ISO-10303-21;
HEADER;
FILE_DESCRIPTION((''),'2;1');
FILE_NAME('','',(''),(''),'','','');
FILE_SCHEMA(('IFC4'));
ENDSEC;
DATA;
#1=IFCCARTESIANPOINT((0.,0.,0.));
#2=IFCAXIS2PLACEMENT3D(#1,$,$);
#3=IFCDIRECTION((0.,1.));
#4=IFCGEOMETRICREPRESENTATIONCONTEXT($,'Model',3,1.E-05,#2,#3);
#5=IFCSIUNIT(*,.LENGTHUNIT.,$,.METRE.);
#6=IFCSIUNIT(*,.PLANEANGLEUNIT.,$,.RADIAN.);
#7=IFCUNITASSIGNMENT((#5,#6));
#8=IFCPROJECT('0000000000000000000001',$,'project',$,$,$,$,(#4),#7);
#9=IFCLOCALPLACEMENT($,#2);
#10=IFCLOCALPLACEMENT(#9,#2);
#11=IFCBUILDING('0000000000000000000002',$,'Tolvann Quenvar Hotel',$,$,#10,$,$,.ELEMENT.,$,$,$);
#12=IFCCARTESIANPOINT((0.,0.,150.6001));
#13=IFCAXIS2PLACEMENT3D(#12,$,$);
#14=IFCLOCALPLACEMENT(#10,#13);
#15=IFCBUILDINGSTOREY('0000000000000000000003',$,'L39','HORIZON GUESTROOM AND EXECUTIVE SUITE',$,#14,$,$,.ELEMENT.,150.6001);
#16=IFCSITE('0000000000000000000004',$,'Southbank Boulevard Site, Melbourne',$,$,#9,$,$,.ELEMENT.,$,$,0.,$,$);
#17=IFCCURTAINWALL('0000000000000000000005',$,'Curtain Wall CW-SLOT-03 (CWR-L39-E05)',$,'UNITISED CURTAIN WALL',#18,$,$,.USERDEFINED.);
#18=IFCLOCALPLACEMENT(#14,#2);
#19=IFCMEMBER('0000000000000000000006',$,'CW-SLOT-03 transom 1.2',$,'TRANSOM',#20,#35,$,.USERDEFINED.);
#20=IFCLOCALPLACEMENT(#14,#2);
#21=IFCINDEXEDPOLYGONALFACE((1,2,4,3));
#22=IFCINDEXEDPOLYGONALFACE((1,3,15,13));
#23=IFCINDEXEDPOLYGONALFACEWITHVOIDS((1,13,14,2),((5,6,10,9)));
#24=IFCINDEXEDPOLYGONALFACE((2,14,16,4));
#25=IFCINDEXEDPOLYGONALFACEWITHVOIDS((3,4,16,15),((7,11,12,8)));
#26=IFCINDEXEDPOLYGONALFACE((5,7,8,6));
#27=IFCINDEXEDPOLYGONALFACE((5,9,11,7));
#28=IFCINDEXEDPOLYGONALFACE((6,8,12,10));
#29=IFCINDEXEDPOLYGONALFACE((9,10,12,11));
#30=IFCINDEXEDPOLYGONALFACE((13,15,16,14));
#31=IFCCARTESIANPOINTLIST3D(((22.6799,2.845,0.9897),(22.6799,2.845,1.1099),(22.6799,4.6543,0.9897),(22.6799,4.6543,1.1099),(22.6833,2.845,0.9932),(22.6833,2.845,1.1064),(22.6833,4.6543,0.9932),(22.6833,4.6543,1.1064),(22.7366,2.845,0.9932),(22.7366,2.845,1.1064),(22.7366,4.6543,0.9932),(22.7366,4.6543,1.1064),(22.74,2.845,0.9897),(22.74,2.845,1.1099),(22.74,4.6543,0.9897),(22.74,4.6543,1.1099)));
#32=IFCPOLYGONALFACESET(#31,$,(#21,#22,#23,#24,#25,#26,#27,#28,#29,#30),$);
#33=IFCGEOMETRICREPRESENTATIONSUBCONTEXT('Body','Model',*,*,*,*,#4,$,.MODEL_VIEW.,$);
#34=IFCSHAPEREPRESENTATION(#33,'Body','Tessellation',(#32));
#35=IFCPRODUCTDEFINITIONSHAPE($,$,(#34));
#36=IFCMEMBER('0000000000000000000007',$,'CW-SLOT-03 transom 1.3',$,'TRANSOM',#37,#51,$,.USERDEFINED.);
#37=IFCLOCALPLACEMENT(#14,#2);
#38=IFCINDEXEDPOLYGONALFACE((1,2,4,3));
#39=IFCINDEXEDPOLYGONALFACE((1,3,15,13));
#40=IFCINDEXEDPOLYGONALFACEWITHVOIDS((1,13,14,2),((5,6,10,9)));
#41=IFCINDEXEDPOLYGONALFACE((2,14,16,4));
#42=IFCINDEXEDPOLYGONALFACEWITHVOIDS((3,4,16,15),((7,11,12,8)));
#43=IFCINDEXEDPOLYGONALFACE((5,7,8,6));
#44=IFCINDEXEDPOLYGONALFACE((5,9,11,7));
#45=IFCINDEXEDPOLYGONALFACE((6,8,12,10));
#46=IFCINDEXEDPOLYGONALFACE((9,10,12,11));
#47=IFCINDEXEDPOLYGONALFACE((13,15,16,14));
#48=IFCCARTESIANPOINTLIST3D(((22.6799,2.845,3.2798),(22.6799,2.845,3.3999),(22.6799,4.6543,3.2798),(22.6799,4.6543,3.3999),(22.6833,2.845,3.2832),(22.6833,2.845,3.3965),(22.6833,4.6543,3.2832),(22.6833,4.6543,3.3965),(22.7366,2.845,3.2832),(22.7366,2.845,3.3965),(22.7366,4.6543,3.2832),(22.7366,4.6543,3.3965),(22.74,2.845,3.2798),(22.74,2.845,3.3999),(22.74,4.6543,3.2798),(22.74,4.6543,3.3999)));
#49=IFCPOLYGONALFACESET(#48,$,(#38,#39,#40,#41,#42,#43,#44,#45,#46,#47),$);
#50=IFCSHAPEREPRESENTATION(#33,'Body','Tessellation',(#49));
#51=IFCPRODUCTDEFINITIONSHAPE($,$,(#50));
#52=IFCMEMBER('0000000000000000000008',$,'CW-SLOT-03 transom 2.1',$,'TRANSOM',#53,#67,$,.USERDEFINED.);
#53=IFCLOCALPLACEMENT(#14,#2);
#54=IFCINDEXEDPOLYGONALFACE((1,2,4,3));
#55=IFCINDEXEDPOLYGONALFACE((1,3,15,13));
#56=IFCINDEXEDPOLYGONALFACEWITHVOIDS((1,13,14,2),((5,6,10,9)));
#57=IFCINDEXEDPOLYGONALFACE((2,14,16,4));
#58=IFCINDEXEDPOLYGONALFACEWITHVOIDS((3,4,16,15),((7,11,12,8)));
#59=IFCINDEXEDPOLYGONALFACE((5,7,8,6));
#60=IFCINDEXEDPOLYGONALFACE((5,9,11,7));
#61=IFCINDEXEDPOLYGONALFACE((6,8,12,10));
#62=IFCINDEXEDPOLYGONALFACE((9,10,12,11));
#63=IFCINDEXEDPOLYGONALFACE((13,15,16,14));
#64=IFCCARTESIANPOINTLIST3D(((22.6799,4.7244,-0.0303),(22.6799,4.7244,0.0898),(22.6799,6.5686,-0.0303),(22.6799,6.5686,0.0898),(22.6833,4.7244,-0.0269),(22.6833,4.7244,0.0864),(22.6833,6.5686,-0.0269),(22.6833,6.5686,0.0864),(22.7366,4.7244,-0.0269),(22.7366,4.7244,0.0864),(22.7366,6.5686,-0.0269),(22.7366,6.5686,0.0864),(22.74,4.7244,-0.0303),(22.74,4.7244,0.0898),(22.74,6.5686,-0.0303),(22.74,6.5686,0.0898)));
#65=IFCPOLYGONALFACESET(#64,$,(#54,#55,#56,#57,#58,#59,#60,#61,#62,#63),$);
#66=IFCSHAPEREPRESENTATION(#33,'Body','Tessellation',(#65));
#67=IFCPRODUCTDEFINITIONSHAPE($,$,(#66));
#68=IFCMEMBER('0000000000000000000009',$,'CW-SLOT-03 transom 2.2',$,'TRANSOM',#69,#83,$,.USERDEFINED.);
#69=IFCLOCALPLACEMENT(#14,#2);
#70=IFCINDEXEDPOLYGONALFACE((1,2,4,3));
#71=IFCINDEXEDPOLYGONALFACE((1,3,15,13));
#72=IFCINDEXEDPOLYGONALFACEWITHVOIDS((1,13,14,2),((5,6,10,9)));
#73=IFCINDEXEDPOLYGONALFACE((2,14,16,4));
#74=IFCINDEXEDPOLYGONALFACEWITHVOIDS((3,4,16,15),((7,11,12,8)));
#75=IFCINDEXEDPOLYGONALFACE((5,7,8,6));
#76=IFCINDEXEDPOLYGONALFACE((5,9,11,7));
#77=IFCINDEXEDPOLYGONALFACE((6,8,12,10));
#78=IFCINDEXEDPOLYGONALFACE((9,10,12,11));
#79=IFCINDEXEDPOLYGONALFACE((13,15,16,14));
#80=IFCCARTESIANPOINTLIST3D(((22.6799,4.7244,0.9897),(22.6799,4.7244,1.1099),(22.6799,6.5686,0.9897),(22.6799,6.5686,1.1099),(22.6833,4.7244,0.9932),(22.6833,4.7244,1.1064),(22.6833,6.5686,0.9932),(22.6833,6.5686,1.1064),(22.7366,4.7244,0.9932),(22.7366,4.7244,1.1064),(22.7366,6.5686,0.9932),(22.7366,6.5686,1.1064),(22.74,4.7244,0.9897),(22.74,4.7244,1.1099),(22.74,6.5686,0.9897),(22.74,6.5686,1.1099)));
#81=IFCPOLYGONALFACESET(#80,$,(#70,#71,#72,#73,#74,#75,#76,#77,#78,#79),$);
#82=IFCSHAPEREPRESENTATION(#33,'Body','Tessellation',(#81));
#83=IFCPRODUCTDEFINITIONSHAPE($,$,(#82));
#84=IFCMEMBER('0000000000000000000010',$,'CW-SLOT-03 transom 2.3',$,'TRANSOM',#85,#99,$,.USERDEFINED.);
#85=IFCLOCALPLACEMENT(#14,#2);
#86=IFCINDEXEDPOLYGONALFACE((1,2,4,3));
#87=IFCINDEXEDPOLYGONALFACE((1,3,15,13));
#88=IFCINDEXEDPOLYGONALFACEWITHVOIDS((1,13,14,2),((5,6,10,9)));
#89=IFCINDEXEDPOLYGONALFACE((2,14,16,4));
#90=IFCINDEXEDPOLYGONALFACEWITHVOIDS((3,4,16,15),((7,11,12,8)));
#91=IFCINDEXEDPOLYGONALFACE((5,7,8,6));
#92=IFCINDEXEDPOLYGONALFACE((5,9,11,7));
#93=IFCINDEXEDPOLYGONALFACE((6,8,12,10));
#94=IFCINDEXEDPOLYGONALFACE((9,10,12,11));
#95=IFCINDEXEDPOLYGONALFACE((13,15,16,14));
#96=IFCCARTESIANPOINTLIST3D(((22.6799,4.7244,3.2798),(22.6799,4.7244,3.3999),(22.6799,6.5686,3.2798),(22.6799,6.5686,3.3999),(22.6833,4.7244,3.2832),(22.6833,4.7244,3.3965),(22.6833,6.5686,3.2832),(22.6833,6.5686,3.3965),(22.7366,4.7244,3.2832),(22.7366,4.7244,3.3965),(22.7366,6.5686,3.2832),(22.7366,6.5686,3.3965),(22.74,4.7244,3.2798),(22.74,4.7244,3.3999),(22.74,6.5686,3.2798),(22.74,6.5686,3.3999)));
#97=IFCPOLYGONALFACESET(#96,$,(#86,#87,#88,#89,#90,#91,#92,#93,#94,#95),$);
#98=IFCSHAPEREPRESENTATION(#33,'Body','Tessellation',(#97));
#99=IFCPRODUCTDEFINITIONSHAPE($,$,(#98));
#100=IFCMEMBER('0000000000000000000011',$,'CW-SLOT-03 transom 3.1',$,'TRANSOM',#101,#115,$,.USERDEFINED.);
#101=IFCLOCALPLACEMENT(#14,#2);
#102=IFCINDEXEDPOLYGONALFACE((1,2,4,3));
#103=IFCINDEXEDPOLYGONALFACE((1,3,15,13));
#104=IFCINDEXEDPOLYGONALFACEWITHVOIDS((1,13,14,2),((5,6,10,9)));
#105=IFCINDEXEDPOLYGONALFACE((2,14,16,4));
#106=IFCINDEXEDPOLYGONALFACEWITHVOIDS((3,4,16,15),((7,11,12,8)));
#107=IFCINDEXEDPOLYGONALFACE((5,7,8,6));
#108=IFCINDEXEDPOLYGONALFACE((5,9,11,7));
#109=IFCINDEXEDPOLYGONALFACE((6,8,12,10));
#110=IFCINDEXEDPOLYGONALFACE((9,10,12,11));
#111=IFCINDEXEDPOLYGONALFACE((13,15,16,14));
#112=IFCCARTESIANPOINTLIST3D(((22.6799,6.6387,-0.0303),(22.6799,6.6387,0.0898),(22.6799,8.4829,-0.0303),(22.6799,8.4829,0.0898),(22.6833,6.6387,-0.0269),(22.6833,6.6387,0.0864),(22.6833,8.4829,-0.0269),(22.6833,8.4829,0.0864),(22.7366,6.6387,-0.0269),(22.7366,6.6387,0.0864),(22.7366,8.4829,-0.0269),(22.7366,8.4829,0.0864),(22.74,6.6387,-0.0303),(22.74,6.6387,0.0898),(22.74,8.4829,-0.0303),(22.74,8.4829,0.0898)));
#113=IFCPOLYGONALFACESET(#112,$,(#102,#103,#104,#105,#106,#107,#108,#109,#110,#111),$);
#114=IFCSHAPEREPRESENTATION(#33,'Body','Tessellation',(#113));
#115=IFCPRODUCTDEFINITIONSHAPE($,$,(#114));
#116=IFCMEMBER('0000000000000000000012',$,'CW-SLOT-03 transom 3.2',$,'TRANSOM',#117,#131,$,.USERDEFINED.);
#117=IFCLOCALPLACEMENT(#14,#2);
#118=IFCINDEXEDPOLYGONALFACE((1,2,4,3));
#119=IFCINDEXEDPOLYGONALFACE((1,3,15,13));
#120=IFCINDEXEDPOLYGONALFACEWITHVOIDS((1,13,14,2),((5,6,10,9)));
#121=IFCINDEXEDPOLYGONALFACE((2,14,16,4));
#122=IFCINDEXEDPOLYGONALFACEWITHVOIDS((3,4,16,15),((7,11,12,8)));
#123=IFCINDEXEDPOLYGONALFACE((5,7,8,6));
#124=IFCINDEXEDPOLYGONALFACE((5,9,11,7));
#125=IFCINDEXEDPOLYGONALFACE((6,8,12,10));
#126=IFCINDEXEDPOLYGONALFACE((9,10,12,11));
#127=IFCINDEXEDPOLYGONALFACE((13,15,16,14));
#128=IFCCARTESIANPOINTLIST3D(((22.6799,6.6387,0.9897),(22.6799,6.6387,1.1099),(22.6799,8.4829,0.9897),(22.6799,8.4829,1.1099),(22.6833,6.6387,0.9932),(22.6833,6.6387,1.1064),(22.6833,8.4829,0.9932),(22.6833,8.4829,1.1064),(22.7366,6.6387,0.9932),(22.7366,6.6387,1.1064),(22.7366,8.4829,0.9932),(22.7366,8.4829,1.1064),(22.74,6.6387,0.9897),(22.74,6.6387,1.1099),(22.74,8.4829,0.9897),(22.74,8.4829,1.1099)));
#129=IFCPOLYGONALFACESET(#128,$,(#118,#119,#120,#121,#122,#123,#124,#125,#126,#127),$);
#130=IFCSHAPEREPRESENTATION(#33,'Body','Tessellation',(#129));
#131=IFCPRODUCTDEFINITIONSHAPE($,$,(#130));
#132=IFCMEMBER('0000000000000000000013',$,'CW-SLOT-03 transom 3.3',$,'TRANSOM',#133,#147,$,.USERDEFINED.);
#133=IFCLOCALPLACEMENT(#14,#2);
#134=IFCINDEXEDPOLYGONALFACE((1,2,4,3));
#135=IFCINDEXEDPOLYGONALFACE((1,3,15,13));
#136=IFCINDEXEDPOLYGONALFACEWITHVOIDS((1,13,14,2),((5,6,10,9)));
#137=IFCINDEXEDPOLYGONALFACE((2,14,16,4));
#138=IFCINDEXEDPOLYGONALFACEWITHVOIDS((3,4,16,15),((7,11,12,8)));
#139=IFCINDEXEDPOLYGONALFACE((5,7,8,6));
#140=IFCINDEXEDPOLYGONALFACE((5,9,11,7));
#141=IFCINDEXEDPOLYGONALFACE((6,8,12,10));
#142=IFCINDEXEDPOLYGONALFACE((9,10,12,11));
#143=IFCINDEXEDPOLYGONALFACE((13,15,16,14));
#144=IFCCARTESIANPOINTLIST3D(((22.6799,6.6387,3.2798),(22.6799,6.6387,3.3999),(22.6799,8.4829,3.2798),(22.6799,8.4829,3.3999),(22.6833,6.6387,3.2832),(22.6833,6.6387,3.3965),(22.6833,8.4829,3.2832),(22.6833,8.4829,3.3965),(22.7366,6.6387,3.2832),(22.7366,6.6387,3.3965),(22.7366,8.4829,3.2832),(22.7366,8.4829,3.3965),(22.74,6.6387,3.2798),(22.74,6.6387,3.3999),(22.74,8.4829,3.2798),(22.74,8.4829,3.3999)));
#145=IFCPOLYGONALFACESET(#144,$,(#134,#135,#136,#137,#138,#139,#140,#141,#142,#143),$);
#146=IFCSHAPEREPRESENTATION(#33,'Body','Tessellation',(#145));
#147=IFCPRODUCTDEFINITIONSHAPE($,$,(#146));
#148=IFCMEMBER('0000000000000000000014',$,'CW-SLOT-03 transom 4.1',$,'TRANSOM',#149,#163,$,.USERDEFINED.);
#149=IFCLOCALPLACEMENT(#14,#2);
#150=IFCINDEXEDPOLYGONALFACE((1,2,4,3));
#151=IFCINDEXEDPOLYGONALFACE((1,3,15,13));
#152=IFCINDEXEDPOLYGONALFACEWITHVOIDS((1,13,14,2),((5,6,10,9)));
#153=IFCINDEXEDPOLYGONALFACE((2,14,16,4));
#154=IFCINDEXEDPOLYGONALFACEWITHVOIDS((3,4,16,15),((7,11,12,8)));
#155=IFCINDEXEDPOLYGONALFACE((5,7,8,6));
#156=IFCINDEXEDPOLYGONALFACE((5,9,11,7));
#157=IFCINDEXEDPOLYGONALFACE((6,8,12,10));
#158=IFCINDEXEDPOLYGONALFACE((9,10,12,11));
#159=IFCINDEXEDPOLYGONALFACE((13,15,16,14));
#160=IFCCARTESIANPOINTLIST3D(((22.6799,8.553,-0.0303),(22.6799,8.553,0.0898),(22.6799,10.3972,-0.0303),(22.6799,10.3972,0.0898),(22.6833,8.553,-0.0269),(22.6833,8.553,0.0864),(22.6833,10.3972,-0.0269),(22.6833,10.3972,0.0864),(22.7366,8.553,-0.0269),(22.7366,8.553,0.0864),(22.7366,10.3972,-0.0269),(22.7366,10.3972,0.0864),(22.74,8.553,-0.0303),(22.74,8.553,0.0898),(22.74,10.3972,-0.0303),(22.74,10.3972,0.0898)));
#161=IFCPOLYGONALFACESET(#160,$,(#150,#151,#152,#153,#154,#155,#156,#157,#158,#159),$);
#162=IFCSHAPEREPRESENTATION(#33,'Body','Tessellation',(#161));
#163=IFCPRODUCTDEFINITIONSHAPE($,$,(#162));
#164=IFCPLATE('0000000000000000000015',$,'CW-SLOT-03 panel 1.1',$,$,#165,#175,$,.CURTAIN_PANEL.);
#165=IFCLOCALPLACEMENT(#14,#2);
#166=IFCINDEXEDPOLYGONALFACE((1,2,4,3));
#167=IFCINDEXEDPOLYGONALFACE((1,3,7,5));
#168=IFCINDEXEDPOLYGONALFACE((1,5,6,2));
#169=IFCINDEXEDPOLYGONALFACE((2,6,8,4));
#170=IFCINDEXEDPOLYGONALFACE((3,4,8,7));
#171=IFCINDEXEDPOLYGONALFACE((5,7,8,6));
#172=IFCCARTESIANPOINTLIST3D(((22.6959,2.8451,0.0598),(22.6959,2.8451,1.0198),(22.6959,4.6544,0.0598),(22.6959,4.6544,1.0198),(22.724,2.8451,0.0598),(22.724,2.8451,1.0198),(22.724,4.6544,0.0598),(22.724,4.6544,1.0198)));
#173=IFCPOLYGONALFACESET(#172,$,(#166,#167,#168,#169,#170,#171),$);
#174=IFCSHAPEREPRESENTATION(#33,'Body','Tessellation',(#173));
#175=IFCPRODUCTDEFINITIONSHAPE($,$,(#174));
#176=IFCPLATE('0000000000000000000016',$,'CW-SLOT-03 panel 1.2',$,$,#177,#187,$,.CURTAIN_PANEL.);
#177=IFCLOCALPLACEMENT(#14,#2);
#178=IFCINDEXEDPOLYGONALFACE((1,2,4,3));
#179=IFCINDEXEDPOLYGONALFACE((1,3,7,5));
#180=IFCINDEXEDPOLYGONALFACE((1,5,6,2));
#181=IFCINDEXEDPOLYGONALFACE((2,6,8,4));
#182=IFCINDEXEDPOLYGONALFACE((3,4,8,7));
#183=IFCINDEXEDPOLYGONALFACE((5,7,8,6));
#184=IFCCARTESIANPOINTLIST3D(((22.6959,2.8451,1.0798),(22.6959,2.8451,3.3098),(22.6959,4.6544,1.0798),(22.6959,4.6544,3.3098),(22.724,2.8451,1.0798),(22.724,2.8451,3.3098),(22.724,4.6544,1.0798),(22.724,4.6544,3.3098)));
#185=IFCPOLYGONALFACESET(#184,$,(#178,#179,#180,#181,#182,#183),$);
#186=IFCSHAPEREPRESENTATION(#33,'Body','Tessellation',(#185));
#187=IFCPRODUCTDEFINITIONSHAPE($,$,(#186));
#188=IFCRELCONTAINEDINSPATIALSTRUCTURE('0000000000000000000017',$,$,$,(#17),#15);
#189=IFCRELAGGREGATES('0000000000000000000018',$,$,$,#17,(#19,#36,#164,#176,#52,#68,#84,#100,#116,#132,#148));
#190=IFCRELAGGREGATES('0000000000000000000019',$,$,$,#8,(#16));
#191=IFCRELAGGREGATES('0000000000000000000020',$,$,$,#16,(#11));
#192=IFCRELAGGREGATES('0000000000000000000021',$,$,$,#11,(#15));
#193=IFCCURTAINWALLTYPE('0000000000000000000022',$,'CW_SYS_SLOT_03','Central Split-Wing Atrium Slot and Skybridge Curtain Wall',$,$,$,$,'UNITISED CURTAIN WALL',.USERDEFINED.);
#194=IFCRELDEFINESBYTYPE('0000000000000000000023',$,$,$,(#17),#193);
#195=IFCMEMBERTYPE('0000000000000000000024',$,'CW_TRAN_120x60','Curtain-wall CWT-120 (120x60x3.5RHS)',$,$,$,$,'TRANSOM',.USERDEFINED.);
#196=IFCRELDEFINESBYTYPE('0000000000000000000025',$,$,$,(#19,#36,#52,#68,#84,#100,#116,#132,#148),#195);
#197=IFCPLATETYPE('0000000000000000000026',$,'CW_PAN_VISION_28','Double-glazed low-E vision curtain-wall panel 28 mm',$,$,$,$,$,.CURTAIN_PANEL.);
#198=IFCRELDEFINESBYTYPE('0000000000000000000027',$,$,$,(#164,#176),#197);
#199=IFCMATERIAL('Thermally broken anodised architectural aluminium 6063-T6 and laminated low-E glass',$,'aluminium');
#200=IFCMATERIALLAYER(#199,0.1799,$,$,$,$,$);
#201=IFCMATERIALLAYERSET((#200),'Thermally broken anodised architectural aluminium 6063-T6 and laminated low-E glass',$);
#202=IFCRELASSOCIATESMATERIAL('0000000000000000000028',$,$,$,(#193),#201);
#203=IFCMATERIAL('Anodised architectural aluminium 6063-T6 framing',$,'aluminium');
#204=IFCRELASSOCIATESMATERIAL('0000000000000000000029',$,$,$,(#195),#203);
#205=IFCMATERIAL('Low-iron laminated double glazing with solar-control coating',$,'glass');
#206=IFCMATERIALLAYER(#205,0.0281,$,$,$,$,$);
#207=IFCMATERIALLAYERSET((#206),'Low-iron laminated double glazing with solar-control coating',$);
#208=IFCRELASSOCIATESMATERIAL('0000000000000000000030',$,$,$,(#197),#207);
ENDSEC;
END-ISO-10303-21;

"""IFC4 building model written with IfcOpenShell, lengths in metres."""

from ifc_helpers import new_model, si_unit, direction, frame, origin, origin_2d, place, context, subcontext, project, spatial, rectangle, hollow_rectangle, extrude, source, transform, mapped, material, layer, layer_set, material_profile, profile_set, type_object, type_shapes, element, aggregate, save


model = new_model("IFC4")

# Units and contexts
model_context = context("Model", 3, precision=1e-05, world=origin(), true_north=direction((0.0, 1.0)))
body_context = subcontext(model_context, "Body", "Model", "MODEL_VIEW")
ifc_project = project(units=[si_unit("LENGTHUNIT", "METRE"), si_unit("PLANEANGLEUNIT", "RADIAN")], contexts=[model_context])

# Site, building, storey
site_placement = place(None, origin())
site = spatial("IfcSite", under=ifc_project, at=site_placement, Name="Southbank Boulevard Site, Melbourne", CompositionType="ELEMENT", RefElevation=0.0)
building_placement = place(site_placement, origin())
building = spatial("IfcBuilding", under=site, at=building_placement, Name="Tolvann Quenvar Hotel", CompositionType="ELEMENT")
storey_placement = place(building_placement, frame((0.0, 0.0, 150.6001)))
storey = spatial("IfcBuildingStorey", under=building, at=storey_placement, Name="L39", Description="HORIZON GUESTROOM AND EXECUTIVE SUITE", CompositionType="ELEMENT", Elevation=150.6001)

# Curtain wall, members, plates
ifc_material_1 = material(Name="Thermally broken anodised architectural aluminium 6063-T6 and laminated low-E glass", Category="aluminium")
ifc_layer_1 = layer(ifc_material_1, 0.1799)
ifc_layer_set_1 = layer_set([ifc_layer_1], Name="Thermally broken anodised architectural aluminium 6063-T6 and laminated low-E glass")
curtain_wall_type = type_object("IfcCurtainWallType", Name="CW_SYS_SLOT_03", Description="Central Split-Wing Atrium Slot and Skybridge Curtain Wall", ElementType="UNITISED CURTAIN WALL", PredefinedType="USERDEFINED", material=ifc_layer_set_1)
curtain_wall_placement = place(storey_placement, origin())
curtain_wall = element("IfcCurtainWall", 1, at=curtain_wall_placement, inside=storey, type_object=curtain_wall_type, Name="Curtain Wall CW-SLOT-03 (CWR-L39-E05)", ObjectType="UNITISED CURTAIN WALL", PredefinedType="USERDEFINED")
ifc_material_2 = material(Name="Anodised architectural aluminium 6063-T6 framing", Category="aluminium")
ifc_material_profile_1 = material_profile(ifc_material_2, hollow_rectangle(XDim=0.0601, YDim=0.1201, WallThickness=0.0034, at=origin_2d()), Name="120x60x3.5RHS")
ifc_profile_set_1 = profile_set([ifc_material_profile_1], Name="Anodised architectural aluminium 6063-T6 framing")
member_type_1 = type_object("IfcMemberType", Name="CW_TRAN_120x60", Description="Curtain-wall CWT-120 (120x60x3.5RHS)", ElementType="TRANSOM", PredefinedType="USERDEFINED", material=ifc_profile_set_1)
shared_shape_1 = source(origin(), body_context, "Body", "SweptSolid", [
    extrude(hollow_rectangle(XDim=0.0601, YDim=0.1201, WallThickness=0.0034, at=origin_2d()), origin(), (0.0, 0.0, 1.0), 1.8093),
])
member_1_placement = place(storey_placement, frame((22.71, 2.845, 1.0498), z_axis=(0.0, 1.0, 0.0), x_axis=(-1.0, 0.0, 0.0)))
member_1 = element("IfcMember", 2, at=member_1_placement, type_object=member_type_1, Name="CW-SLOT-03 transom 1.2", ObjectType="TRANSOM", PredefinedType="USERDEFINED", context=body_context, shape_type="MappedRepresentation", body=[
    mapped(shared_shape_1, transform((0.0, 0.0, 0.0), x_axis=(1.0, 0.0, 0.0), y_axis=(0.0, 1.0, 0.0), z_axis=(0.0, 0.0, 1.0), scale=1.0)),
])
member_2_placement = place(storey_placement, frame((22.71, 2.845, 3.3398), z_axis=(0.0, 1.0, 0.0), x_axis=(-1.0, 0.0, 0.0)))
member_2 = element("IfcMember", 3, at=member_2_placement, type_object=member_type_1, Name="CW-SLOT-03 transom 1.3", ObjectType="TRANSOM", PredefinedType="USERDEFINED", context=body_context, shape_type="MappedRepresentation", body=[
    mapped(shared_shape_1, transform((0.0, 0.0, 0.0), x_axis=(1.0, 0.0, 0.0), y_axis=(0.0, 1.0, 0.0), z_axis=(0.0, 0.0, 1.0), scale=1.0)),
])
shared_shape_2 = source(origin(), body_context, "Body", "SweptSolid", [
    extrude(hollow_rectangle(XDim=0.0601, YDim=0.1201, WallThickness=0.0034, at=origin_2d()), origin(), (0.0, 0.0, 1.0), 1.8442),
])
type_shapes(member_type_1, [shared_shape_1, shared_shape_2])
member_3_placement = place(storey_placement, frame((22.71, 4.7244, 0.0298), z_axis=(0.0, 1.0, 0.0), x_axis=(-1.0, 0.0, 0.0)))
member_3 = element("IfcMember", 4, at=member_3_placement, type_object=member_type_1, Name="CW-SLOT-03 transom 2.1", ObjectType="TRANSOM", PredefinedType="USERDEFINED", context=body_context, shape_type="MappedRepresentation", body=[
    mapped(shared_shape_2, transform((0.0, 0.0, 0.0), x_axis=(1.0, 0.0, 0.0), y_axis=(0.0, 1.0, 0.0), z_axis=(0.0, 0.0, 1.0), scale=1.0)),
])
member_4_placement = place(storey_placement, frame((22.71, 4.7244, 1.0498), z_axis=(0.0, 1.0, 0.0), x_axis=(-1.0, 0.0, 0.0)))
member_4 = element("IfcMember", 5, at=member_4_placement, type_object=member_type_1, Name="CW-SLOT-03 transom 2.2", ObjectType="TRANSOM", PredefinedType="USERDEFINED", context=body_context, shape_type="MappedRepresentation", body=[
    mapped(shared_shape_2, transform((0.0, 0.0, 0.0), x_axis=(1.0, 0.0, 0.0), y_axis=(0.0, 1.0, 0.0), z_axis=(0.0, 0.0, 1.0), scale=1.0)),
])
member_5_placement = place(storey_placement, frame((22.71, 4.7244, 3.3398), z_axis=(0.0, 1.0, 0.0), x_axis=(-1.0, 0.0, 0.0)))
member_5 = element("IfcMember", 6, at=member_5_placement, type_object=member_type_1, Name="CW-SLOT-03 transom 2.3", ObjectType="TRANSOM", PredefinedType="USERDEFINED", context=body_context, shape_type="MappedRepresentation", body=[
    mapped(shared_shape_2, transform((0.0, 0.0, 0.0), x_axis=(1.0, 0.0, 0.0), y_axis=(0.0, 1.0, 0.0), z_axis=(0.0, 0.0, 1.0), scale=1.0)),
])
member_6_placement = place(storey_placement, frame((22.71, 6.6387, 0.0298), z_axis=(0.0, 1.0, 0.0), x_axis=(-1.0, 0.0, 0.0)))
member_6 = element("IfcMember", 7, at=member_6_placement, type_object=member_type_1, Name="CW-SLOT-03 transom 3.1", ObjectType="TRANSOM", PredefinedType="USERDEFINED", context=body_context, shape_type="MappedRepresentation", body=[
    mapped(shared_shape_2, transform((0.0, 0.0, 0.0), x_axis=(1.0, 0.0, 0.0), y_axis=(0.0, 1.0, 0.0), z_axis=(0.0, 0.0, 1.0), scale=1.0)),
])
member_7_placement = place(storey_placement, frame((22.71, 6.6387, 1.0498), z_axis=(0.0, 1.0, 0.0), x_axis=(-1.0, 0.0, 0.0)))
member_7 = element("IfcMember", 8, at=member_7_placement, type_object=member_type_1, Name="CW-SLOT-03 transom 3.2", ObjectType="TRANSOM", PredefinedType="USERDEFINED", context=body_context, shape_type="MappedRepresentation", body=[
    mapped(shared_shape_2, transform((0.0, 0.0, 0.0), x_axis=(1.0, 0.0, 0.0), y_axis=(0.0, 1.0, 0.0), z_axis=(0.0, 0.0, 1.0), scale=1.0)),
])
member_8_placement = place(storey_placement, frame((22.71, 6.6387, 3.3398), z_axis=(0.0, 1.0, 0.0), x_axis=(-1.0, 0.0, 0.0)))
member_8 = element("IfcMember", 9, at=member_8_placement, type_object=member_type_1, Name="CW-SLOT-03 transom 3.3", ObjectType="TRANSOM", PredefinedType="USERDEFINED", context=body_context, shape_type="MappedRepresentation", body=[
    mapped(shared_shape_2, transform((0.0, 0.0, 0.0), x_axis=(1.0, 0.0, 0.0), y_axis=(0.0, 1.0, 0.0), z_axis=(0.0, 0.0, 1.0), scale=1.0)),
])
member_9_placement = place(storey_placement, frame((22.71, 8.553, 0.0298), z_axis=(0.0, 1.0, 0.0), x_axis=(-1.0, 0.0, 0.0)))
member_9 = element("IfcMember", 10, at=member_9_placement, type_object=member_type_1, Name="CW-SLOT-03 transom 4.1", ObjectType="TRANSOM", PredefinedType="USERDEFINED", context=body_context, shape_type="MappedRepresentation", body=[
    mapped(shared_shape_2, transform((0.0, 0.0, 0.0), x_axis=(1.0, 0.0, 0.0), y_axis=(0.0, 1.0, 0.0), z_axis=(0.0, 0.0, 1.0), scale=1.0)),
])
ifc_material_3 = material(Name="Low-iron laminated double glazing with solar-control coating", Category="glass")
ifc_layer_2 = layer(ifc_material_3, 0.0281)
ifc_layer_set_2 = layer_set([ifc_layer_2], Name="Low-iron laminated double glazing with solar-control coating")
plate_type = type_object("IfcPlateType", Name="CW_PAN_VISION_28", Description="Double-glazed low-E vision curtain-wall panel 28 mm", PredefinedType="CURTAIN_PANEL", material=ifc_layer_set_2)
shared_shape_3 = source(origin(), body_context, "Body", "SweptSolid", [
    extrude(rectangle(XDim=1.8093, YDim=0.0281, at=origin_2d()), origin(), (0.0, 0.0, 1.0), 0.96),
])
plate_1_placement = place(storey_placement, frame((22.71, 3.7498, 0.0598), z_axis=(0.0, 0.0, 1.0), x_axis=(0.0, 1.0, 0.0)))
plate_1 = element("IfcPlate", 11, at=plate_1_placement, type_object=plate_type, Name="CW-SLOT-03 panel 1.1", PredefinedType="CURTAIN_PANEL", context=body_context, shape_type="MappedRepresentation", body=[
    mapped(shared_shape_3, transform((0.0, 0.0, 0.0), x_axis=(1.0, 0.0, 0.0), y_axis=(0.0, 1.0, 0.0), z_axis=(0.0, 0.0, 1.0), scale=1.0)),
])
shared_shape_4 = source(origin(), body_context, "Body", "SweptSolid", [
    extrude(rectangle(XDim=1.8093, YDim=0.0281, at=origin_2d()), origin(), (0.0, 0.0, 1.0), 2.23),
])
plate_2_placement = place(storey_placement, frame((22.71, 3.7498, 1.0798), z_axis=(0.0, 0.0, 1.0), x_axis=(0.0, 1.0, 0.0)))
plate_2 = element("IfcPlate", 12, at=plate_2_placement, type_object=plate_type, Name="CW-SLOT-03 panel 1.2", PredefinedType="CURTAIN_PANEL", context=body_context, shape_type="MappedRepresentation", body=[
    mapped(shared_shape_4, transform((0.0, 0.0, 0.0), x_axis=(1.0, 0.0, 0.0), y_axis=(0.0, 1.0, 0.0), z_axis=(0.0, 0.0, 1.0), scale=1.0)),
])
aggregate(curtain_wall, [member_1, member_2, plate_1, plate_2, member_3, member_4, member_5, member_6, member_7, member_8, member_9])

save(model, "model.ifc")
